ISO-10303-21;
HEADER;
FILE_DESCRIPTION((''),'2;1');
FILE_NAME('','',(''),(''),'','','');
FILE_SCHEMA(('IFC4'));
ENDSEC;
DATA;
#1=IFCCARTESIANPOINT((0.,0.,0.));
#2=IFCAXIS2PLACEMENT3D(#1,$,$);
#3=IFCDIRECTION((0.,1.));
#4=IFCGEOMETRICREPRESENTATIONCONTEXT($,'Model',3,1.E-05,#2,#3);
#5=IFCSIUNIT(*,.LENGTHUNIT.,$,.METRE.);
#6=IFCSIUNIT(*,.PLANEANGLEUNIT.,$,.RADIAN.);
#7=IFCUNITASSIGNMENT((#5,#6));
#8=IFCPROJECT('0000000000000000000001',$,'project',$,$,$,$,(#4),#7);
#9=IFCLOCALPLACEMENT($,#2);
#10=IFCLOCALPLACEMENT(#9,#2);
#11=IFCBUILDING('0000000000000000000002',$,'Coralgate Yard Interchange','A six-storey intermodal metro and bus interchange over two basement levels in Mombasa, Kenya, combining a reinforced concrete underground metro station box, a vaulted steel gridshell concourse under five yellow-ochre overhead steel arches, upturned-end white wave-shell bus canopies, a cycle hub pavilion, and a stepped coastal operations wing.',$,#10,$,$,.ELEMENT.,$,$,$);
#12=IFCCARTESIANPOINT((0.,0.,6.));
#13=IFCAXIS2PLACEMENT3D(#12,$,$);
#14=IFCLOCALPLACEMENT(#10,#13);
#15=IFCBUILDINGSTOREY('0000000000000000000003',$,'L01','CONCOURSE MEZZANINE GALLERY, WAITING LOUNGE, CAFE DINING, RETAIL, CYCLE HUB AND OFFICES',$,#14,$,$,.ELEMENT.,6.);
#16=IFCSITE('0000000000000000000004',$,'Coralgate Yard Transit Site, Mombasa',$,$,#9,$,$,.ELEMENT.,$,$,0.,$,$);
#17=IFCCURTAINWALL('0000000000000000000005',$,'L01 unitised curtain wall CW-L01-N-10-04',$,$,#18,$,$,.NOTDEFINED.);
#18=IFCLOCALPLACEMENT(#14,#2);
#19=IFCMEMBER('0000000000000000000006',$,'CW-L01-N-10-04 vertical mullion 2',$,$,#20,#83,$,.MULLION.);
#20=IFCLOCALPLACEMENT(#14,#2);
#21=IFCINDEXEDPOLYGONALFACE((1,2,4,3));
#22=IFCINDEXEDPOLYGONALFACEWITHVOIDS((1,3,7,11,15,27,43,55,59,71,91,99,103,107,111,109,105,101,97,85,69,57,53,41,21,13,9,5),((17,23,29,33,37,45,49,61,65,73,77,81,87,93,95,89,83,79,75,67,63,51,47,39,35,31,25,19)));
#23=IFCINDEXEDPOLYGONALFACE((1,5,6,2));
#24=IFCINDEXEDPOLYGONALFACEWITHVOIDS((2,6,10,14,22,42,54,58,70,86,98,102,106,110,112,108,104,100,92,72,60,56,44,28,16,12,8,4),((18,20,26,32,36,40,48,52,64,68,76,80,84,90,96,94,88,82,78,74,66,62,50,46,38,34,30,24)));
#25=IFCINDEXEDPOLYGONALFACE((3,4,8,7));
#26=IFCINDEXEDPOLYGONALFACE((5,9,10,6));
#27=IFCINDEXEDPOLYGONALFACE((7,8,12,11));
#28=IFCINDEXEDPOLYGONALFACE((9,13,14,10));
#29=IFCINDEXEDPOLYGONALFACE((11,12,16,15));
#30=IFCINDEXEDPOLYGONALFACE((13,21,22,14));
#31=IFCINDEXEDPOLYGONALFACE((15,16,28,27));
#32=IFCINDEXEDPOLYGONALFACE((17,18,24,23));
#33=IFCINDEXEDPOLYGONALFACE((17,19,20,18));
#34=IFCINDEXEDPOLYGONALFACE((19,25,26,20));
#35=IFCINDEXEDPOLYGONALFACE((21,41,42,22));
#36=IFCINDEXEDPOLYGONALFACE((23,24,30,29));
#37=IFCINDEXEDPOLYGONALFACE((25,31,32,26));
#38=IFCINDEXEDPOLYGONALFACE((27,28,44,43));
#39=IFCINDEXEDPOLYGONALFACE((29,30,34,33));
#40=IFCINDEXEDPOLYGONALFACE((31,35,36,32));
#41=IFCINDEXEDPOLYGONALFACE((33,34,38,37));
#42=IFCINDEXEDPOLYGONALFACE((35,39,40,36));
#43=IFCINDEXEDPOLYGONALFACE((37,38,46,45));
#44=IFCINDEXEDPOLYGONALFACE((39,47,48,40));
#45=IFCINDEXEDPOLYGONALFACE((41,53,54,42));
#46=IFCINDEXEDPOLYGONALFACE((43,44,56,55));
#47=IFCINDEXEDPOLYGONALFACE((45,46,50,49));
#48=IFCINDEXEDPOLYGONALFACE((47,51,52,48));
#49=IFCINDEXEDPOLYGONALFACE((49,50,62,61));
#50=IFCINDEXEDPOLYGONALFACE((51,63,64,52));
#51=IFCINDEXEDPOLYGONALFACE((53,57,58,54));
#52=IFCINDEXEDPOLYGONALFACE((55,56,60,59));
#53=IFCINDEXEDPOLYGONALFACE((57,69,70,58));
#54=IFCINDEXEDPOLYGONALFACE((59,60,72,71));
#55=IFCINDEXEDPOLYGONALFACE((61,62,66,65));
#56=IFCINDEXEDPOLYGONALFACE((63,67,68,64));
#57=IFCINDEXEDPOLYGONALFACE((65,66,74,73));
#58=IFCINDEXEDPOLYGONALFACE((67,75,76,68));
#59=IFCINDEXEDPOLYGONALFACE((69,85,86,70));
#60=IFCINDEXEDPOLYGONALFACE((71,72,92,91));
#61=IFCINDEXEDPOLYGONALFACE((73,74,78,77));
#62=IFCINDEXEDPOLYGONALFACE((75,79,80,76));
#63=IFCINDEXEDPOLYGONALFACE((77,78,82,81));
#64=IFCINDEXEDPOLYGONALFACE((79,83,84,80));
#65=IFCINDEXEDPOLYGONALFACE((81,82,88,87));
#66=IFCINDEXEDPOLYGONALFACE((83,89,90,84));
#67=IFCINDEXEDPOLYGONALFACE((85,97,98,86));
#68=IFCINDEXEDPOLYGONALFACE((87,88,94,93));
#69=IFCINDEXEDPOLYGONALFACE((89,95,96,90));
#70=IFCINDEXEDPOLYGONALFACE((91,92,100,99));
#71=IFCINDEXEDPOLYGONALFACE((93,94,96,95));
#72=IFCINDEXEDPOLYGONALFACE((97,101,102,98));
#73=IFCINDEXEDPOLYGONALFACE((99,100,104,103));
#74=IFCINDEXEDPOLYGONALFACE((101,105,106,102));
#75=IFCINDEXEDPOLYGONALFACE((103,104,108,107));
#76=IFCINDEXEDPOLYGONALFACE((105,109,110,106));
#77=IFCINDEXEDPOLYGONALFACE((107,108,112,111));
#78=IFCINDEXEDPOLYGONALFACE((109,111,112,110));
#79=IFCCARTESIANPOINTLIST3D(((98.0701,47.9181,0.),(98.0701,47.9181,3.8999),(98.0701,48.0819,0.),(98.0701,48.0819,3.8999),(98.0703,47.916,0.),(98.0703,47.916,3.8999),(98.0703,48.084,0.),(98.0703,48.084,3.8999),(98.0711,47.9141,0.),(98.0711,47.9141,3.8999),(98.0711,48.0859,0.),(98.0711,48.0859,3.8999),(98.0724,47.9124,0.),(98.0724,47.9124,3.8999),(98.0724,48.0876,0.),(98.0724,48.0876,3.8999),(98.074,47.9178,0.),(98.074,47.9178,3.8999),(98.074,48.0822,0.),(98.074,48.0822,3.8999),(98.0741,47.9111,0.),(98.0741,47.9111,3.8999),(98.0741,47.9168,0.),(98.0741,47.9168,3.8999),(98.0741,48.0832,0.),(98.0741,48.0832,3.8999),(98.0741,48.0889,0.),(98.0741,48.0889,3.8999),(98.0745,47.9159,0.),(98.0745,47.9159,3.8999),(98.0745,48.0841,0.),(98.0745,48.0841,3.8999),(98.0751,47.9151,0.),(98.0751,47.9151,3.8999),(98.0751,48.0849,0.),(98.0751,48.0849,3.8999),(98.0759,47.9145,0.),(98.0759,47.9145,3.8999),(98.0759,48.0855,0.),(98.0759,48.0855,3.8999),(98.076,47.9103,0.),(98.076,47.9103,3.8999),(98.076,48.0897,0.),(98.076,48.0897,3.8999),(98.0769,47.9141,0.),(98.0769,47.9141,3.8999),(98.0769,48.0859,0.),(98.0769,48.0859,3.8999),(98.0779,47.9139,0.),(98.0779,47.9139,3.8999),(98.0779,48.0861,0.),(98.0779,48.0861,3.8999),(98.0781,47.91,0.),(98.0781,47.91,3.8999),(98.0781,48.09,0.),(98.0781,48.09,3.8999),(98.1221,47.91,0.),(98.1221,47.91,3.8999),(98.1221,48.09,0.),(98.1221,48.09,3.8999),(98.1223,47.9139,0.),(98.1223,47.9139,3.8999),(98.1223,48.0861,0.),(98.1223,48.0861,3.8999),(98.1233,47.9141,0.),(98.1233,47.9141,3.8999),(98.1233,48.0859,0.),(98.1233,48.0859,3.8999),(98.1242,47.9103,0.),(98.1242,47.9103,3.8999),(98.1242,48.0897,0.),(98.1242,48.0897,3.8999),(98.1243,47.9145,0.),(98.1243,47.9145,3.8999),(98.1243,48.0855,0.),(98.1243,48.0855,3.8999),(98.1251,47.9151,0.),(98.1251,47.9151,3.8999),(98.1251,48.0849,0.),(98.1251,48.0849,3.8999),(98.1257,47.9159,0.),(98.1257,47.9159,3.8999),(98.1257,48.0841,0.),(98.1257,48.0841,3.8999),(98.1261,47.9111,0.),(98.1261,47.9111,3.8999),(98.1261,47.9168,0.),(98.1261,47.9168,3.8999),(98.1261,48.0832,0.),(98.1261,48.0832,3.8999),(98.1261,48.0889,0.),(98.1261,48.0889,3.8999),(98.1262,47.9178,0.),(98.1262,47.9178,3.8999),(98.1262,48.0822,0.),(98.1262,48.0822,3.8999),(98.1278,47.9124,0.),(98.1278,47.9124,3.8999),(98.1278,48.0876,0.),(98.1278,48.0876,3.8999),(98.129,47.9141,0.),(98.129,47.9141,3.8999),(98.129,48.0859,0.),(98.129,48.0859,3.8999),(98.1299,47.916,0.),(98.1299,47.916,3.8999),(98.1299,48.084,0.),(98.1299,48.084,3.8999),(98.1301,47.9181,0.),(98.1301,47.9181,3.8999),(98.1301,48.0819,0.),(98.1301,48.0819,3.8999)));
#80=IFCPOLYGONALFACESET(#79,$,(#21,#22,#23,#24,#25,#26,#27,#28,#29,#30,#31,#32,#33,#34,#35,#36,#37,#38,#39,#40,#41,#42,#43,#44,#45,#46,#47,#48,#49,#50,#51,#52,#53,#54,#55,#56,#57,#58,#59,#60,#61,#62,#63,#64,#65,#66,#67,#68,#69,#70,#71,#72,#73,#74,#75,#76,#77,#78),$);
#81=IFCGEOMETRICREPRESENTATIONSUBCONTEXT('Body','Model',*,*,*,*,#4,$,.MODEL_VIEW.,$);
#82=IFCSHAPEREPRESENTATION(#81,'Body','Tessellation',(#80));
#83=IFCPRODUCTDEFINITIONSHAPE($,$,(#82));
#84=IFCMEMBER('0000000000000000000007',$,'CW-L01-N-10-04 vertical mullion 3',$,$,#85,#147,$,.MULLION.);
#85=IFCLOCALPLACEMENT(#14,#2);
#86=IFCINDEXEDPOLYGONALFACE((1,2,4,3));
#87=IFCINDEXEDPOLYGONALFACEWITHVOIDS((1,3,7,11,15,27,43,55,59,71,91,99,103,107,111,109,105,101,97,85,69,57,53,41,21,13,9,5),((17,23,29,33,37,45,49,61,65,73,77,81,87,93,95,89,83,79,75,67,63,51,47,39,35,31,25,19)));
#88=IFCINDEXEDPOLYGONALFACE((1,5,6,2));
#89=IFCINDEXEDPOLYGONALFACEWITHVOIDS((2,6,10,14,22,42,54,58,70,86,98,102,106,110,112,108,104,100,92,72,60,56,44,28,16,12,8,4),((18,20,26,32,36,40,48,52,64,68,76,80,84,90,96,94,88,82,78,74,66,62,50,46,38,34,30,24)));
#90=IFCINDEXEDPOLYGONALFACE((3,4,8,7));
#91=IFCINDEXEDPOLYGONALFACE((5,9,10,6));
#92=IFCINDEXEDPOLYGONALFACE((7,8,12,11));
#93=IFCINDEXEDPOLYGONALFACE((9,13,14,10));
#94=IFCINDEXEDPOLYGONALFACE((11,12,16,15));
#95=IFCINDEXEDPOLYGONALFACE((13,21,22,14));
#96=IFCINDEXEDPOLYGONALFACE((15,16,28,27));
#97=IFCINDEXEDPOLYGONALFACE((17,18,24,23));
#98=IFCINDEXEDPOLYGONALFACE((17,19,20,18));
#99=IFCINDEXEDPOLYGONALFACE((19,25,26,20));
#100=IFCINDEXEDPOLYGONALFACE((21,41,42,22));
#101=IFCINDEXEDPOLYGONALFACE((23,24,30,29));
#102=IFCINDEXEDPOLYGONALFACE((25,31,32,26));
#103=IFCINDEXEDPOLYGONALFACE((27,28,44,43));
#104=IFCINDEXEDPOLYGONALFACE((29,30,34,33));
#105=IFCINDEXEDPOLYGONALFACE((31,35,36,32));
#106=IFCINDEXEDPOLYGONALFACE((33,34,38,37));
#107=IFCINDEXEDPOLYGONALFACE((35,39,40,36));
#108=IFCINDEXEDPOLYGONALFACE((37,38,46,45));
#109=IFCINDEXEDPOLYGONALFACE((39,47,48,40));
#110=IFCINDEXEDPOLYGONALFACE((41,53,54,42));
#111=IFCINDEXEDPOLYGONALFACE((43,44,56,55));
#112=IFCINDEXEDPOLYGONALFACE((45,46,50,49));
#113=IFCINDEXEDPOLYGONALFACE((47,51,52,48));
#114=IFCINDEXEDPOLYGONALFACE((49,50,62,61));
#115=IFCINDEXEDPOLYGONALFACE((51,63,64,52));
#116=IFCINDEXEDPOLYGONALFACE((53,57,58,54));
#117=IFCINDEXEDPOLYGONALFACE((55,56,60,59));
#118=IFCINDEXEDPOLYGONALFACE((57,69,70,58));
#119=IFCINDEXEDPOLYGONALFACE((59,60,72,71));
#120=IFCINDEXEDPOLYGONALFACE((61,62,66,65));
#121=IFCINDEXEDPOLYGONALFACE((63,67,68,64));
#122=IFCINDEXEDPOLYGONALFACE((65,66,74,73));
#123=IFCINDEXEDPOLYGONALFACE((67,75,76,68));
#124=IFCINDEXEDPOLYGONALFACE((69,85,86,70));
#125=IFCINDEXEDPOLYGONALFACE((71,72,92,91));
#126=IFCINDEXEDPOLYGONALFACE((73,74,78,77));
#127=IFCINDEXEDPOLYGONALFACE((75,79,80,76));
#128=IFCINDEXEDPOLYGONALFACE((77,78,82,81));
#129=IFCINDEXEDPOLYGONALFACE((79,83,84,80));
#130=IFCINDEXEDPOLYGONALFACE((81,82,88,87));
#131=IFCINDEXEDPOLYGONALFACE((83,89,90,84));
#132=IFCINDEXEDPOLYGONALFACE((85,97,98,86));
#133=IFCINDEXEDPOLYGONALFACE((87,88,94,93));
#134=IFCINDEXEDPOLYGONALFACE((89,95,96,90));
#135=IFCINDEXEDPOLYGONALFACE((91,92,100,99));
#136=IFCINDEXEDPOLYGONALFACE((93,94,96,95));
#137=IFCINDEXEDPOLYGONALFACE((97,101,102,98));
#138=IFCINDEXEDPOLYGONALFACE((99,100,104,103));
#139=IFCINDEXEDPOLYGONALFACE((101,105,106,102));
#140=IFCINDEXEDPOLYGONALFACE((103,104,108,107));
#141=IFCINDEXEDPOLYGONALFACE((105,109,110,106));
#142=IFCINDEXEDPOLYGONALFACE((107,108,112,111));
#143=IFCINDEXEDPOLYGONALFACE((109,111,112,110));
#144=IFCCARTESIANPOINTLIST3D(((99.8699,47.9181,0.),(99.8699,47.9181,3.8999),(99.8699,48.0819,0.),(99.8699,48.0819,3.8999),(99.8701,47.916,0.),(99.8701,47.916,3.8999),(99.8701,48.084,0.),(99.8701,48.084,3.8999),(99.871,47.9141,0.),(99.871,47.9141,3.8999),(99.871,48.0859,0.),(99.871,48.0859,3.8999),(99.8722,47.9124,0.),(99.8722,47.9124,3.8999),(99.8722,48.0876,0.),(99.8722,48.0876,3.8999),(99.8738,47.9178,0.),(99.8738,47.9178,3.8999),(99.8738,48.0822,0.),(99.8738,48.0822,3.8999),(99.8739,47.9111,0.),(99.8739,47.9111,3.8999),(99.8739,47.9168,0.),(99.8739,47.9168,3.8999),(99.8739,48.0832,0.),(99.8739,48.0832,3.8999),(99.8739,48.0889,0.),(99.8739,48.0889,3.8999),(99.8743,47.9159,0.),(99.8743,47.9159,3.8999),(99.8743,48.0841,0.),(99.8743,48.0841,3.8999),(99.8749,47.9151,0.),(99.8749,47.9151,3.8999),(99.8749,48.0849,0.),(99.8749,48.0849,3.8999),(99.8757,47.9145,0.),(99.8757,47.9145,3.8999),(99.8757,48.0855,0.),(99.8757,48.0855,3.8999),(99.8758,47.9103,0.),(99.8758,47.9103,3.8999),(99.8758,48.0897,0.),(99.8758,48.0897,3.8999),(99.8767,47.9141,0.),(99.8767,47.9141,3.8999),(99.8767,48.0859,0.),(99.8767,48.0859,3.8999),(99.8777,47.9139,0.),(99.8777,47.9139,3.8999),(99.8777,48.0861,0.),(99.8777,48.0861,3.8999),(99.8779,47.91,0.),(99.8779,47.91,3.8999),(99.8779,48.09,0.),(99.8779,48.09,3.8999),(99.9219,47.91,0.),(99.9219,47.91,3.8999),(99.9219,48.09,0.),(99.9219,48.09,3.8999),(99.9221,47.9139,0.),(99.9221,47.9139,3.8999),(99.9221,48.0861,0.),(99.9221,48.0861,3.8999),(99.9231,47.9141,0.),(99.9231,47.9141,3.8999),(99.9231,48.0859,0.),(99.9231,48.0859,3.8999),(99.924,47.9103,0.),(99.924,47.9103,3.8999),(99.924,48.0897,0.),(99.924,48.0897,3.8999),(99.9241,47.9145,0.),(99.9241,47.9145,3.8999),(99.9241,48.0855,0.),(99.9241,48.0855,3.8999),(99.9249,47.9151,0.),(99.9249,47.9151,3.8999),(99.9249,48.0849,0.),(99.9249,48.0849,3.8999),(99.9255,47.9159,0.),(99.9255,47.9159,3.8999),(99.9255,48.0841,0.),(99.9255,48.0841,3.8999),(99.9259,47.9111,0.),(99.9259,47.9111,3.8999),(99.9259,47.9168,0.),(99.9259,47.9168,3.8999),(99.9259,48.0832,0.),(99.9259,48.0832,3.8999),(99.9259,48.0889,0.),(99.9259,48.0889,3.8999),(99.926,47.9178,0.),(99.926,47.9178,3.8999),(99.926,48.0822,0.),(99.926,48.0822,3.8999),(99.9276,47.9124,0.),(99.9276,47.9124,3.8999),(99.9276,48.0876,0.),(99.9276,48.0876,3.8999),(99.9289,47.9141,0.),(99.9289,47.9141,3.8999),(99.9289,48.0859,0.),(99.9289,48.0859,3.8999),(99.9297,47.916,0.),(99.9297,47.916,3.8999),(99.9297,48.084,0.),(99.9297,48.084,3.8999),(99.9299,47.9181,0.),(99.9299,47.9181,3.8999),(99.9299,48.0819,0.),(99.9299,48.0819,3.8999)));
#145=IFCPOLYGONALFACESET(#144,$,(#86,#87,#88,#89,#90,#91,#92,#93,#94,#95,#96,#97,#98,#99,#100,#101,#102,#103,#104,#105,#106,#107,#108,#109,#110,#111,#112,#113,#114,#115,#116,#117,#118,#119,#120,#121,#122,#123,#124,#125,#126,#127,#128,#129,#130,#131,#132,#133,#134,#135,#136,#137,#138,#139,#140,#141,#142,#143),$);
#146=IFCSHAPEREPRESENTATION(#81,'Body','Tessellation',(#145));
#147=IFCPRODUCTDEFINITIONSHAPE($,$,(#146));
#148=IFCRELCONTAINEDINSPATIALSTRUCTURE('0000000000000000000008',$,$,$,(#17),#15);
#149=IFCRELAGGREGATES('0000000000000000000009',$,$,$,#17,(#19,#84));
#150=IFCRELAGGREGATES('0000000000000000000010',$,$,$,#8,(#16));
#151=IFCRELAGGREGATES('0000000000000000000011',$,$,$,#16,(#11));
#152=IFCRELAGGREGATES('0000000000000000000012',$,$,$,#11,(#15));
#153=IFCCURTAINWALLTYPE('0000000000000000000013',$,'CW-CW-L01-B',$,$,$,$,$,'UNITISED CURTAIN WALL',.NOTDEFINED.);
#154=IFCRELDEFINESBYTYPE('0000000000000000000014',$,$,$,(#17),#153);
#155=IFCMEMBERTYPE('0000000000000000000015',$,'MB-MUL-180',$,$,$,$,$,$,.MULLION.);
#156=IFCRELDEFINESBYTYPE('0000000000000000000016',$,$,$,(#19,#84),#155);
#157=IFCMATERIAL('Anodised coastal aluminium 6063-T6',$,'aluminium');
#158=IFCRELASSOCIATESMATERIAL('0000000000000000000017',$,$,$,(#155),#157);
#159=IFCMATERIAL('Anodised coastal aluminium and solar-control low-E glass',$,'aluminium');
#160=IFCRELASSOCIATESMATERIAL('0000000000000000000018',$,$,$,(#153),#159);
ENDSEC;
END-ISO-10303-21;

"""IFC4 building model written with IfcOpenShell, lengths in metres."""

from ifc_helpers import new_model, si_unit, direction, frame, origin, origin_2d, place, context, subcontext, project, spatial, hollow_rectangle, extrude, material, material_profile, profile_set, type_object, element, aggregate, save


model = new_model("IFC4")

# Units and contexts
model_context = context("Model", 3, precision=1e-05, world=origin(), true_north=direction((0.0, 1.0)))
body_context = subcontext(model_context, "Body", "Model", "MODEL_VIEW")
ifc_project = project(units=[si_unit("LENGTHUNIT", "METRE"), si_unit("PLANEANGLEUNIT", "RADIAN")], contexts=[model_context])

# Site, building, storey
site_placement = place(None, origin())
site = spatial("IfcSite", under=ifc_project, at=site_placement, Name="Coralgate Yard Transit Site, Mombasa", CompositionType="ELEMENT", RefElevation=0.0)
building_placement = place(site_placement, origin())
building = spatial("IfcBuilding", under=site, at=building_placement, Name="Coralgate Yard Interchange", Description="A six-storey intermodal metro and bus interchange over two basement levels in Mombasa, Kenya, combining a reinforced concrete underground metro station box, a vaulted steel gridshell concourse under five yellow-ochre overhead steel arches, upturned-end white wave-shell bus canopies, a cycle hub pavilion, and a stepped coastal operations wing.", CompositionType="ELEMENT")
storey_placement = place(building_placement, frame((0.0, 0.0, 6.0)))
storey = spatial("IfcBuildingStorey", under=building, at=storey_placement, Name="L01", Description="CONCOURSE MEZZANINE GALLERY, WAITING LOUNGE, CAFE DINING, RETAIL, CYCLE HUB AND OFFICES", CompositionType="ELEMENT", Elevation=6.0)

# Curtain wall, members
ifc_material_1 = material(Name="Anodised coastal aluminium and solar-control low-E glass", Category="aluminium")
ifc_material_2 = material(Name="Anodised coastal aluminium 6063-T6", Category="aluminium")
ifc_material_profile_1 = material_profile(ifc_material_2, hollow_rectangle(XDim=0.0601, YDim=0.1799, WallThickness=0.0039, InnerFilletRadius=0.0039, OuterFilletRadius=0.0081, at=origin_2d()), Name="ALU 60x180x4")
ifc_profile_set_1 = profile_set([ifc_material_profile_1], Name="Anodised coastal aluminium 6063-T6")
member_type_1 = type_object("IfcMemberType", Name="MB-MUL-180", PredefinedType="MULLION", material=ifc_profile_set_1)
curtain_wall_type_1 = type_object("IfcCurtainWallType", Name="CW-CW-L01-B", ElementType="UNITISED CURTAIN WALL", PredefinedType="NOTDEFINED", material=ifc_material_1)
curtain_wall_1_placement = place(storey_placement, origin())
curtain_wall_1 = element("IfcCurtainWall", 1, at=curtain_wall_1_placement, inside=storey, type_object=curtain_wall_type_1, Name="L01 unitised curtain wall CW-L01-N-10-04", PredefinedType="NOTDEFINED")
member_1_placement = place(storey_placement, frame((98.1001, 48.0, 0.0), z_axis=(0.0, 0.0, 1.0), x_axis=(1.0, 0.0, 0.0)))
member_1 = element("IfcMember", 2, at=member_1_placement, type_object=member_type_1, Name="CW-L01-N-10-04 vertical mullion 2", PredefinedType="MULLION", context=body_context, shape_type="SweptSolid", body=[
    extrude(hollow_rectangle(XDim=0.0601, YDim=0.1799, WallThickness=0.0039, InnerFilletRadius=0.0039, OuterFilletRadius=0.0081, at=origin_2d()), origin(), (0.0, 0.0, 1.0), 3.8999),
])
member_2_placement = place(storey_placement, frame((99.8999, 48.0, 0.0), z_axis=(0.0, 0.0, 1.0), x_axis=(1.0, 0.0, 0.0)))
member_2 = element("IfcMember", 3, at=member_2_placement, type_object=member_type_1, Name="CW-L01-N-10-04 vertical mullion 3", PredefinedType="MULLION", context=body_context, shape_type="SweptSolid", body=[
    extrude(hollow_rectangle(XDim=0.0601, YDim=0.1799, WallThickness=0.0039, InnerFilletRadius=0.0039, OuterFilletRadius=0.0081, at=origin_2d()), origin(), (0.0, 0.0, 1.0), 3.8999),
])

aggregate(curtain_wall_1, [member_1, member_2])

save(model, "model.ifc")
